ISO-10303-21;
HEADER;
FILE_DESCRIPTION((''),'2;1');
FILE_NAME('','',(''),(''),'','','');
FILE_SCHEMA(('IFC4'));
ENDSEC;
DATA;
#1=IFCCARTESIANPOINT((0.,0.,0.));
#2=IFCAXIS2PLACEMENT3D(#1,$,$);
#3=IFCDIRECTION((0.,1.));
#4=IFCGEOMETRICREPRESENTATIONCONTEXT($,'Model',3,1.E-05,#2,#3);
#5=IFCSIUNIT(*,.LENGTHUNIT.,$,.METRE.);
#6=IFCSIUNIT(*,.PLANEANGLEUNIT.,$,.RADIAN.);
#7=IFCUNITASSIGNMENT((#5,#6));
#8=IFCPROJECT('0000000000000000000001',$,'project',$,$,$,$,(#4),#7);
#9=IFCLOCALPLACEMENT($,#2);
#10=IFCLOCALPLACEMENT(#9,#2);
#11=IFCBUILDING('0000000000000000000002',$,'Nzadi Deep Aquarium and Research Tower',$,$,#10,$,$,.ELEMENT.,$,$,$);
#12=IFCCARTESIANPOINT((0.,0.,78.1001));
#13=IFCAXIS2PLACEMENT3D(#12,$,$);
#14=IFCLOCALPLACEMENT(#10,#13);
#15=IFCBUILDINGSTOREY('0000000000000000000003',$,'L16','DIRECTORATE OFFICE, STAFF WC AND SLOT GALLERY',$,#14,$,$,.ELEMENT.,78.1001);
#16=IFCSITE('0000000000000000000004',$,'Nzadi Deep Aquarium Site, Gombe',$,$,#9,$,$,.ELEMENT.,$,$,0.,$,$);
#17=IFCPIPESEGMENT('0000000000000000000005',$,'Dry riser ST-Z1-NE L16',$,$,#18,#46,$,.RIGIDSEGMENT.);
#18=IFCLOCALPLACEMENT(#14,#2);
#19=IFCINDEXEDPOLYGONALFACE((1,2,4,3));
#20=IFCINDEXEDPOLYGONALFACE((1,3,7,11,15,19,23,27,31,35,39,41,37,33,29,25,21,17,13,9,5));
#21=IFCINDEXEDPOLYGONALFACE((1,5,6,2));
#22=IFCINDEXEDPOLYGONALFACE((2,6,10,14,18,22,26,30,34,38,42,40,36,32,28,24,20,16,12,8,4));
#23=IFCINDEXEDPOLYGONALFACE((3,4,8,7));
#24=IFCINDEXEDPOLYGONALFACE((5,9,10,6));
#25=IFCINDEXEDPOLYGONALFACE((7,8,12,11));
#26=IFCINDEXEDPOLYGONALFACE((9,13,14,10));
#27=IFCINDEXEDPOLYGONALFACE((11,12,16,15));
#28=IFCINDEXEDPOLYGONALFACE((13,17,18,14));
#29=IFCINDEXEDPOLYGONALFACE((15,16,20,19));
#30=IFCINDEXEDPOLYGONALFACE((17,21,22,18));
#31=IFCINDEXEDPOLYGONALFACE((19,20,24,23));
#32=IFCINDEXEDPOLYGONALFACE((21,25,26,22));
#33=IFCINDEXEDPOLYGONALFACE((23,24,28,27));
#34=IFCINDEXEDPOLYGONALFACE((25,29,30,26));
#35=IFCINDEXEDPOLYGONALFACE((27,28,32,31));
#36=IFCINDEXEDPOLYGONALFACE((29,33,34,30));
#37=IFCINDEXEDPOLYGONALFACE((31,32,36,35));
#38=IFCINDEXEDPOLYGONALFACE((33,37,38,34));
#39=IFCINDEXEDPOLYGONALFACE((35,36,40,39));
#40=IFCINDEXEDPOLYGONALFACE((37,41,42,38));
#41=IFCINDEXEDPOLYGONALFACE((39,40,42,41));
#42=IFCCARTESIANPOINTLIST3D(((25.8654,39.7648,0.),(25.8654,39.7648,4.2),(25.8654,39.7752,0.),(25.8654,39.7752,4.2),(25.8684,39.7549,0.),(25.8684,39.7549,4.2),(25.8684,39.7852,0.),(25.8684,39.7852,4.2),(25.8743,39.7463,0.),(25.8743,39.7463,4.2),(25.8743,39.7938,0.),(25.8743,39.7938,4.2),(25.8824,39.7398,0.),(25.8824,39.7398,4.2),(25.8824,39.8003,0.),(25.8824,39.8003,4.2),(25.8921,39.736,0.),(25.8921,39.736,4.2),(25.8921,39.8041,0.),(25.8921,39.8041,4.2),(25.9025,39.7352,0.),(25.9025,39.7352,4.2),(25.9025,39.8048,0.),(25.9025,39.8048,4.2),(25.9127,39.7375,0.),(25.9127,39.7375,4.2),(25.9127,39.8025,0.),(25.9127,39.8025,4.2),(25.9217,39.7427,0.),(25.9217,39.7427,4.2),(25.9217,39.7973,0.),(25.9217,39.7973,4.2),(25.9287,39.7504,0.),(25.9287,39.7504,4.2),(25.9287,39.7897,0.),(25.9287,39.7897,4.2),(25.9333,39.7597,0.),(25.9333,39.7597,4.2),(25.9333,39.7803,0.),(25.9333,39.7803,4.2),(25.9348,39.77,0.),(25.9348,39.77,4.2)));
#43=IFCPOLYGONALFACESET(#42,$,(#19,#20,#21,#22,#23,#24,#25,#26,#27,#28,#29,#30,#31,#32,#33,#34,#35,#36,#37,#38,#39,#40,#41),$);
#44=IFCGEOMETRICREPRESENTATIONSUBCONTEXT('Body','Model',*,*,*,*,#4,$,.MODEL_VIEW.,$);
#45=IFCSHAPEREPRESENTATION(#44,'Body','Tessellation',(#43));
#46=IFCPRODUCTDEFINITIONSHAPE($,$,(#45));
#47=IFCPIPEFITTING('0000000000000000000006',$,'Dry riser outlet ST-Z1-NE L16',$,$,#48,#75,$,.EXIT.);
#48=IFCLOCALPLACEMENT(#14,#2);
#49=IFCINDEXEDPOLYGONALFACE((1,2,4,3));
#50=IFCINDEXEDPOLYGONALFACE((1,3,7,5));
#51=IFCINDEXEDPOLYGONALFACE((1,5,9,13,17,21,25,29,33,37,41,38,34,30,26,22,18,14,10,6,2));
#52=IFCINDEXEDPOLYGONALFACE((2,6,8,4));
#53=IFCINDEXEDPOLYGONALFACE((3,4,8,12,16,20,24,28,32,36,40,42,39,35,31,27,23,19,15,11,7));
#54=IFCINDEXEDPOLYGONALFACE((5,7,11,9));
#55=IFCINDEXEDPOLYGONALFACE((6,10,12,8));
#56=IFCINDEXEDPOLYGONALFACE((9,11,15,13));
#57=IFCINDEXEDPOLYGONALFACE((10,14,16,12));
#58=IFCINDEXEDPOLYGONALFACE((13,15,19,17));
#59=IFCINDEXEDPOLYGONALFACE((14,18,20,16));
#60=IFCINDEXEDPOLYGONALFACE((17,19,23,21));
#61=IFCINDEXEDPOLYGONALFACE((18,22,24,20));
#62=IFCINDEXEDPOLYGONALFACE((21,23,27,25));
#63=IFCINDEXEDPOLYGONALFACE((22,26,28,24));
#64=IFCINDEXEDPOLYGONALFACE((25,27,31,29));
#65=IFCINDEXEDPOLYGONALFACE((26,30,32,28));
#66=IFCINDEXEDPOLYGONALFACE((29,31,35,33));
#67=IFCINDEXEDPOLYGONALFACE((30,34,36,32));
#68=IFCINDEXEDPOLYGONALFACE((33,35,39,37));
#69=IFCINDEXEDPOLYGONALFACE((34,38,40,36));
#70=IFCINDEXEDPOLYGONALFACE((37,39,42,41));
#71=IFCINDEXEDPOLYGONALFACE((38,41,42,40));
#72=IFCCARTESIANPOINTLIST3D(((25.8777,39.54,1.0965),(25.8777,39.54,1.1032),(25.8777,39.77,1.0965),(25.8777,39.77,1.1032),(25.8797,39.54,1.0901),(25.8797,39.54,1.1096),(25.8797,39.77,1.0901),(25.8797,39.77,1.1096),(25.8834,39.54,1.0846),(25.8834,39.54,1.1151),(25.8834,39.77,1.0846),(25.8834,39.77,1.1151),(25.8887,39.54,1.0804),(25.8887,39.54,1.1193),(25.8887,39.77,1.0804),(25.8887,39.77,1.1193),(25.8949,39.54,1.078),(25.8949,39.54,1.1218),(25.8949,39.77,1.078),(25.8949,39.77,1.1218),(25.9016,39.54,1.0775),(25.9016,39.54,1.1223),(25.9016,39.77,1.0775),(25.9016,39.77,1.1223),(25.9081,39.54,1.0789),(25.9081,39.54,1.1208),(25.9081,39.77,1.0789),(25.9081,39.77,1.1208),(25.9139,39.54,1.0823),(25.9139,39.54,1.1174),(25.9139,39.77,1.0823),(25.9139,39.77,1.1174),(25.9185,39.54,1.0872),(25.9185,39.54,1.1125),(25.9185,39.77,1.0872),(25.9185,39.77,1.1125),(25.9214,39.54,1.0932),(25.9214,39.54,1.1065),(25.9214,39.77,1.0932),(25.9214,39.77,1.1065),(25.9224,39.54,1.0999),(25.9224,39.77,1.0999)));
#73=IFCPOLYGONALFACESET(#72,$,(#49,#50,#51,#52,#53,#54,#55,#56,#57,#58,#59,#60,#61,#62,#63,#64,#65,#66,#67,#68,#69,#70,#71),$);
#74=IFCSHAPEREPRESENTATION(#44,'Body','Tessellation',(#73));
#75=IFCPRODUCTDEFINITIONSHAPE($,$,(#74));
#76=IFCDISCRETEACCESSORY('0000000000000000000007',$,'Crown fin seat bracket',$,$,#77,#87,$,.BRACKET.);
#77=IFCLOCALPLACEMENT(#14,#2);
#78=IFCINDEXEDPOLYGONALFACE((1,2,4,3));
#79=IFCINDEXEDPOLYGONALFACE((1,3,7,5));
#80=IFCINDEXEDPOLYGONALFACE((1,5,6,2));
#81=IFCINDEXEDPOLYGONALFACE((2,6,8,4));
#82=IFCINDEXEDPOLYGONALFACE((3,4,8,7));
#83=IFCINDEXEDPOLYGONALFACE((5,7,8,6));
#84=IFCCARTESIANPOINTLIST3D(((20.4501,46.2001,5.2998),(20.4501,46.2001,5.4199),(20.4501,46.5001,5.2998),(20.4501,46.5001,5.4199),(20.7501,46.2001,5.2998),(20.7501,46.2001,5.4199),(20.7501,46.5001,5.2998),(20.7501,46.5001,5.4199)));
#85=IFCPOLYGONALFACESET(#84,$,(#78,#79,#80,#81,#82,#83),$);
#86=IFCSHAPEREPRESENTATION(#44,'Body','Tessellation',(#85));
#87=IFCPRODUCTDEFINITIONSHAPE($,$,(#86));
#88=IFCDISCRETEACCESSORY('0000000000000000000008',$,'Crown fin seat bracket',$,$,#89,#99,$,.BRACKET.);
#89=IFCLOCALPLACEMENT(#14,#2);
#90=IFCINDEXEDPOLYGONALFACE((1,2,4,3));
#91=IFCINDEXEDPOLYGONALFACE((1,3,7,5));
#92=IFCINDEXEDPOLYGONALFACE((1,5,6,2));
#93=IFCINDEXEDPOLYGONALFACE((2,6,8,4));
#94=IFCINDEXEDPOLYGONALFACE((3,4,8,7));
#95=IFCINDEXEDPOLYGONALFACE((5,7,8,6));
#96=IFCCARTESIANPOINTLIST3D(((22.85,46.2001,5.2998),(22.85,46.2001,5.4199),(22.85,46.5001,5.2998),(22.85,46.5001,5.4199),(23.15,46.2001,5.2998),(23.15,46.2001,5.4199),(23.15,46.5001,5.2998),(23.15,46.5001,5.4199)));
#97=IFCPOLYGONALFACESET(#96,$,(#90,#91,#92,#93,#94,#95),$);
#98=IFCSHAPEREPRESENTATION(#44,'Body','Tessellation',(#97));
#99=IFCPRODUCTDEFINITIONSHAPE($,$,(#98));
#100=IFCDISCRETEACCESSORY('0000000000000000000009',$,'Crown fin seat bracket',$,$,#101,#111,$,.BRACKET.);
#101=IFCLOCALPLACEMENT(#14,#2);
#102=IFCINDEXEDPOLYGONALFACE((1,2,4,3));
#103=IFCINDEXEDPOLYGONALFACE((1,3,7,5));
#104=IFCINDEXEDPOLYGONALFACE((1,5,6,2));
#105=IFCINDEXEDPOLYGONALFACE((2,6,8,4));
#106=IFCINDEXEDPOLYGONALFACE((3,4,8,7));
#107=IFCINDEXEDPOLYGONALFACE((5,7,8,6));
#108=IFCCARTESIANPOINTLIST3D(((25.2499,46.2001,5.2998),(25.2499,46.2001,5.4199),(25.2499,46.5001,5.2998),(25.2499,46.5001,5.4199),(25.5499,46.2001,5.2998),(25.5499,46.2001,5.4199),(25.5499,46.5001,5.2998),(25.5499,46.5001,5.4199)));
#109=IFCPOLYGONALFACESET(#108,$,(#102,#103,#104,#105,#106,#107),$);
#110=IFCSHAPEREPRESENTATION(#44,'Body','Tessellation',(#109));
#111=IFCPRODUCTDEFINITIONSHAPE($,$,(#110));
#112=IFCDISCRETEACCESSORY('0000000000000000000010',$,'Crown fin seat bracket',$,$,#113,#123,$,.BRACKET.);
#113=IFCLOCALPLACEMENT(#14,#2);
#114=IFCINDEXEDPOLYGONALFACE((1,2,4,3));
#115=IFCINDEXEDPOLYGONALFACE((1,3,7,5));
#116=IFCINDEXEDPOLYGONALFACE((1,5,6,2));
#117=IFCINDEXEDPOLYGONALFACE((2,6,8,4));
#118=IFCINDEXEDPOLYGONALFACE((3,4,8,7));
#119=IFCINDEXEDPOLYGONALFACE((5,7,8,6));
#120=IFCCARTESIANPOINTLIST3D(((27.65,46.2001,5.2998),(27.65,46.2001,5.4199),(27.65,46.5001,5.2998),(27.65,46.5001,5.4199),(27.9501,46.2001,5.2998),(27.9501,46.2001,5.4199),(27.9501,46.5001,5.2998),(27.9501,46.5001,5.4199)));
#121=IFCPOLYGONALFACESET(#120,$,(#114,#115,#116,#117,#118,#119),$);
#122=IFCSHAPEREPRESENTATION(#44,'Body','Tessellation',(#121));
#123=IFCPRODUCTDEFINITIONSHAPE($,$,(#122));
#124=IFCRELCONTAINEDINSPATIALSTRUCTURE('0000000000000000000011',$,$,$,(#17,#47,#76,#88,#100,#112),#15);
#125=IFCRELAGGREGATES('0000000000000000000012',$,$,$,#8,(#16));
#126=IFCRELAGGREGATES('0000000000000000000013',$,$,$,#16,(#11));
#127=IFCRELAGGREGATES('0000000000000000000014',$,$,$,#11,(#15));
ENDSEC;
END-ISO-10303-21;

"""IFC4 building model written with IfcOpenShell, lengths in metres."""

from ifc_helpers import new_model, si_unit, direction, frame, origin, origin_2d, place, context, subcontext, project, spatial, rectangle, circle, extrude, element, save


model = new_model("IFC4")

# Units and contexts
model_context = context("Model", 3, precision=1e-05, world=origin(), true_north=direction((0.0, 1.0)))
body_context = subcontext(model_context, "Body", "Model", "MODEL_VIEW")
ifc_project = project(units=[si_unit("LENGTHUNIT", "METRE"), si_unit("PLANEANGLEUNIT", "RADIAN")], contexts=[model_context])

# Site, building, storey
site_placement = place(None, origin())
site = spatial("IfcSite", under=ifc_project, at=site_placement, Name="Nzadi Deep Aquarium Site, Gombe", CompositionType="ELEMENT", RefElevation=0.0)
building_placement = place(site_placement, origin())
building = spatial("IfcBuilding", under=site, at=building_placement, Name="Nzadi Deep Aquarium and Research Tower", CompositionType="ELEMENT")
storey_placement = place(building_placement, frame((0.0, 0.0, 78.1001)))
storey = spatial("IfcBuildingStorey", under=building, at=storey_placement, Name="L16", Description="DIRECTORATE OFFICE, STAFF WC AND SLOT GALLERY", CompositionType="ELEMENT", Elevation=78.1001)

# Pipe segment
pipe_segment_placement = place(storey_placement, frame((25.8999, 39.77, 0.0), z_axis=(0.0, 0.0, 1.0), x_axis=(1.0, 0.0, 0.0)))
element("IfcPipeSegment", 1, at=pipe_segment_placement, inside=storey, Name="Dry riser ST-Z1-NE L16", PredefinedType="RIGIDSEGMENT", context=body_context, shape_type="SweptSolid", body=[
    extrude(circle(Radius=0.0349, at=origin_2d()), origin(), (0.0, 0.0, 1.0), 4.2),
])

# Pipe fitting
pipe_fitting_placement = place(storey_placement, frame((25.8999, 39.77, 1.0999), z_axis=(0.0, -1.0, 0.0), x_axis=(1.0, 0.0, 0.0)))
element("IfcPipeFitting", 2, at=pipe_fitting_placement, inside=storey, Name="Dry riser outlet ST-Z1-NE L16", PredefinedType="EXIT", context=body_context, shape_type="SweptSolid", body=[
    extrude(circle(Radius=0.0225, at=origin_2d()), origin(), (0.0, 0.0, 1.0), 0.23),
])

# Discrete accessories
for number, where, z_axis, x_axis, name in (
    (3, (20.6001, 46.3501, 5.2998), (0.0, 0.0, 1.0), (1.0, 0.0, 0.0), "Crown fin seat bracket"),
    (4, (23.0, 46.3501, 5.2998), (0.0, 0.0, 1.0), (1.0, 0.0, 0.0), "Crown fin seat bracket"),
    (5, (25.3999, 46.3501, 5.2998), (0.0, 0.0, 1.0), (1.0, 0.0, 0.0), "Crown fin seat bracket"),
    (6, (27.8, 46.3501, 5.2998), (0.0, 0.0, 1.0), (1.0, 0.0, 0.0), "Crown fin seat bracket"),
):
    element("IfcDiscreteAccessory", number, at=place(storey_placement, frame(where, z_axis=z_axis, x_axis=x_axis)), inside=storey, Name=name, PredefinedType="BRACKET", context=body_context, shape_type="SweptSolid", body=[
        extrude(rectangle(XDim=0.3, YDim=0.3, at=origin_2d()), origin(), (0.0, 0.0, 1.0), 0.1201),
    ])

save(model, "model.ifc")
